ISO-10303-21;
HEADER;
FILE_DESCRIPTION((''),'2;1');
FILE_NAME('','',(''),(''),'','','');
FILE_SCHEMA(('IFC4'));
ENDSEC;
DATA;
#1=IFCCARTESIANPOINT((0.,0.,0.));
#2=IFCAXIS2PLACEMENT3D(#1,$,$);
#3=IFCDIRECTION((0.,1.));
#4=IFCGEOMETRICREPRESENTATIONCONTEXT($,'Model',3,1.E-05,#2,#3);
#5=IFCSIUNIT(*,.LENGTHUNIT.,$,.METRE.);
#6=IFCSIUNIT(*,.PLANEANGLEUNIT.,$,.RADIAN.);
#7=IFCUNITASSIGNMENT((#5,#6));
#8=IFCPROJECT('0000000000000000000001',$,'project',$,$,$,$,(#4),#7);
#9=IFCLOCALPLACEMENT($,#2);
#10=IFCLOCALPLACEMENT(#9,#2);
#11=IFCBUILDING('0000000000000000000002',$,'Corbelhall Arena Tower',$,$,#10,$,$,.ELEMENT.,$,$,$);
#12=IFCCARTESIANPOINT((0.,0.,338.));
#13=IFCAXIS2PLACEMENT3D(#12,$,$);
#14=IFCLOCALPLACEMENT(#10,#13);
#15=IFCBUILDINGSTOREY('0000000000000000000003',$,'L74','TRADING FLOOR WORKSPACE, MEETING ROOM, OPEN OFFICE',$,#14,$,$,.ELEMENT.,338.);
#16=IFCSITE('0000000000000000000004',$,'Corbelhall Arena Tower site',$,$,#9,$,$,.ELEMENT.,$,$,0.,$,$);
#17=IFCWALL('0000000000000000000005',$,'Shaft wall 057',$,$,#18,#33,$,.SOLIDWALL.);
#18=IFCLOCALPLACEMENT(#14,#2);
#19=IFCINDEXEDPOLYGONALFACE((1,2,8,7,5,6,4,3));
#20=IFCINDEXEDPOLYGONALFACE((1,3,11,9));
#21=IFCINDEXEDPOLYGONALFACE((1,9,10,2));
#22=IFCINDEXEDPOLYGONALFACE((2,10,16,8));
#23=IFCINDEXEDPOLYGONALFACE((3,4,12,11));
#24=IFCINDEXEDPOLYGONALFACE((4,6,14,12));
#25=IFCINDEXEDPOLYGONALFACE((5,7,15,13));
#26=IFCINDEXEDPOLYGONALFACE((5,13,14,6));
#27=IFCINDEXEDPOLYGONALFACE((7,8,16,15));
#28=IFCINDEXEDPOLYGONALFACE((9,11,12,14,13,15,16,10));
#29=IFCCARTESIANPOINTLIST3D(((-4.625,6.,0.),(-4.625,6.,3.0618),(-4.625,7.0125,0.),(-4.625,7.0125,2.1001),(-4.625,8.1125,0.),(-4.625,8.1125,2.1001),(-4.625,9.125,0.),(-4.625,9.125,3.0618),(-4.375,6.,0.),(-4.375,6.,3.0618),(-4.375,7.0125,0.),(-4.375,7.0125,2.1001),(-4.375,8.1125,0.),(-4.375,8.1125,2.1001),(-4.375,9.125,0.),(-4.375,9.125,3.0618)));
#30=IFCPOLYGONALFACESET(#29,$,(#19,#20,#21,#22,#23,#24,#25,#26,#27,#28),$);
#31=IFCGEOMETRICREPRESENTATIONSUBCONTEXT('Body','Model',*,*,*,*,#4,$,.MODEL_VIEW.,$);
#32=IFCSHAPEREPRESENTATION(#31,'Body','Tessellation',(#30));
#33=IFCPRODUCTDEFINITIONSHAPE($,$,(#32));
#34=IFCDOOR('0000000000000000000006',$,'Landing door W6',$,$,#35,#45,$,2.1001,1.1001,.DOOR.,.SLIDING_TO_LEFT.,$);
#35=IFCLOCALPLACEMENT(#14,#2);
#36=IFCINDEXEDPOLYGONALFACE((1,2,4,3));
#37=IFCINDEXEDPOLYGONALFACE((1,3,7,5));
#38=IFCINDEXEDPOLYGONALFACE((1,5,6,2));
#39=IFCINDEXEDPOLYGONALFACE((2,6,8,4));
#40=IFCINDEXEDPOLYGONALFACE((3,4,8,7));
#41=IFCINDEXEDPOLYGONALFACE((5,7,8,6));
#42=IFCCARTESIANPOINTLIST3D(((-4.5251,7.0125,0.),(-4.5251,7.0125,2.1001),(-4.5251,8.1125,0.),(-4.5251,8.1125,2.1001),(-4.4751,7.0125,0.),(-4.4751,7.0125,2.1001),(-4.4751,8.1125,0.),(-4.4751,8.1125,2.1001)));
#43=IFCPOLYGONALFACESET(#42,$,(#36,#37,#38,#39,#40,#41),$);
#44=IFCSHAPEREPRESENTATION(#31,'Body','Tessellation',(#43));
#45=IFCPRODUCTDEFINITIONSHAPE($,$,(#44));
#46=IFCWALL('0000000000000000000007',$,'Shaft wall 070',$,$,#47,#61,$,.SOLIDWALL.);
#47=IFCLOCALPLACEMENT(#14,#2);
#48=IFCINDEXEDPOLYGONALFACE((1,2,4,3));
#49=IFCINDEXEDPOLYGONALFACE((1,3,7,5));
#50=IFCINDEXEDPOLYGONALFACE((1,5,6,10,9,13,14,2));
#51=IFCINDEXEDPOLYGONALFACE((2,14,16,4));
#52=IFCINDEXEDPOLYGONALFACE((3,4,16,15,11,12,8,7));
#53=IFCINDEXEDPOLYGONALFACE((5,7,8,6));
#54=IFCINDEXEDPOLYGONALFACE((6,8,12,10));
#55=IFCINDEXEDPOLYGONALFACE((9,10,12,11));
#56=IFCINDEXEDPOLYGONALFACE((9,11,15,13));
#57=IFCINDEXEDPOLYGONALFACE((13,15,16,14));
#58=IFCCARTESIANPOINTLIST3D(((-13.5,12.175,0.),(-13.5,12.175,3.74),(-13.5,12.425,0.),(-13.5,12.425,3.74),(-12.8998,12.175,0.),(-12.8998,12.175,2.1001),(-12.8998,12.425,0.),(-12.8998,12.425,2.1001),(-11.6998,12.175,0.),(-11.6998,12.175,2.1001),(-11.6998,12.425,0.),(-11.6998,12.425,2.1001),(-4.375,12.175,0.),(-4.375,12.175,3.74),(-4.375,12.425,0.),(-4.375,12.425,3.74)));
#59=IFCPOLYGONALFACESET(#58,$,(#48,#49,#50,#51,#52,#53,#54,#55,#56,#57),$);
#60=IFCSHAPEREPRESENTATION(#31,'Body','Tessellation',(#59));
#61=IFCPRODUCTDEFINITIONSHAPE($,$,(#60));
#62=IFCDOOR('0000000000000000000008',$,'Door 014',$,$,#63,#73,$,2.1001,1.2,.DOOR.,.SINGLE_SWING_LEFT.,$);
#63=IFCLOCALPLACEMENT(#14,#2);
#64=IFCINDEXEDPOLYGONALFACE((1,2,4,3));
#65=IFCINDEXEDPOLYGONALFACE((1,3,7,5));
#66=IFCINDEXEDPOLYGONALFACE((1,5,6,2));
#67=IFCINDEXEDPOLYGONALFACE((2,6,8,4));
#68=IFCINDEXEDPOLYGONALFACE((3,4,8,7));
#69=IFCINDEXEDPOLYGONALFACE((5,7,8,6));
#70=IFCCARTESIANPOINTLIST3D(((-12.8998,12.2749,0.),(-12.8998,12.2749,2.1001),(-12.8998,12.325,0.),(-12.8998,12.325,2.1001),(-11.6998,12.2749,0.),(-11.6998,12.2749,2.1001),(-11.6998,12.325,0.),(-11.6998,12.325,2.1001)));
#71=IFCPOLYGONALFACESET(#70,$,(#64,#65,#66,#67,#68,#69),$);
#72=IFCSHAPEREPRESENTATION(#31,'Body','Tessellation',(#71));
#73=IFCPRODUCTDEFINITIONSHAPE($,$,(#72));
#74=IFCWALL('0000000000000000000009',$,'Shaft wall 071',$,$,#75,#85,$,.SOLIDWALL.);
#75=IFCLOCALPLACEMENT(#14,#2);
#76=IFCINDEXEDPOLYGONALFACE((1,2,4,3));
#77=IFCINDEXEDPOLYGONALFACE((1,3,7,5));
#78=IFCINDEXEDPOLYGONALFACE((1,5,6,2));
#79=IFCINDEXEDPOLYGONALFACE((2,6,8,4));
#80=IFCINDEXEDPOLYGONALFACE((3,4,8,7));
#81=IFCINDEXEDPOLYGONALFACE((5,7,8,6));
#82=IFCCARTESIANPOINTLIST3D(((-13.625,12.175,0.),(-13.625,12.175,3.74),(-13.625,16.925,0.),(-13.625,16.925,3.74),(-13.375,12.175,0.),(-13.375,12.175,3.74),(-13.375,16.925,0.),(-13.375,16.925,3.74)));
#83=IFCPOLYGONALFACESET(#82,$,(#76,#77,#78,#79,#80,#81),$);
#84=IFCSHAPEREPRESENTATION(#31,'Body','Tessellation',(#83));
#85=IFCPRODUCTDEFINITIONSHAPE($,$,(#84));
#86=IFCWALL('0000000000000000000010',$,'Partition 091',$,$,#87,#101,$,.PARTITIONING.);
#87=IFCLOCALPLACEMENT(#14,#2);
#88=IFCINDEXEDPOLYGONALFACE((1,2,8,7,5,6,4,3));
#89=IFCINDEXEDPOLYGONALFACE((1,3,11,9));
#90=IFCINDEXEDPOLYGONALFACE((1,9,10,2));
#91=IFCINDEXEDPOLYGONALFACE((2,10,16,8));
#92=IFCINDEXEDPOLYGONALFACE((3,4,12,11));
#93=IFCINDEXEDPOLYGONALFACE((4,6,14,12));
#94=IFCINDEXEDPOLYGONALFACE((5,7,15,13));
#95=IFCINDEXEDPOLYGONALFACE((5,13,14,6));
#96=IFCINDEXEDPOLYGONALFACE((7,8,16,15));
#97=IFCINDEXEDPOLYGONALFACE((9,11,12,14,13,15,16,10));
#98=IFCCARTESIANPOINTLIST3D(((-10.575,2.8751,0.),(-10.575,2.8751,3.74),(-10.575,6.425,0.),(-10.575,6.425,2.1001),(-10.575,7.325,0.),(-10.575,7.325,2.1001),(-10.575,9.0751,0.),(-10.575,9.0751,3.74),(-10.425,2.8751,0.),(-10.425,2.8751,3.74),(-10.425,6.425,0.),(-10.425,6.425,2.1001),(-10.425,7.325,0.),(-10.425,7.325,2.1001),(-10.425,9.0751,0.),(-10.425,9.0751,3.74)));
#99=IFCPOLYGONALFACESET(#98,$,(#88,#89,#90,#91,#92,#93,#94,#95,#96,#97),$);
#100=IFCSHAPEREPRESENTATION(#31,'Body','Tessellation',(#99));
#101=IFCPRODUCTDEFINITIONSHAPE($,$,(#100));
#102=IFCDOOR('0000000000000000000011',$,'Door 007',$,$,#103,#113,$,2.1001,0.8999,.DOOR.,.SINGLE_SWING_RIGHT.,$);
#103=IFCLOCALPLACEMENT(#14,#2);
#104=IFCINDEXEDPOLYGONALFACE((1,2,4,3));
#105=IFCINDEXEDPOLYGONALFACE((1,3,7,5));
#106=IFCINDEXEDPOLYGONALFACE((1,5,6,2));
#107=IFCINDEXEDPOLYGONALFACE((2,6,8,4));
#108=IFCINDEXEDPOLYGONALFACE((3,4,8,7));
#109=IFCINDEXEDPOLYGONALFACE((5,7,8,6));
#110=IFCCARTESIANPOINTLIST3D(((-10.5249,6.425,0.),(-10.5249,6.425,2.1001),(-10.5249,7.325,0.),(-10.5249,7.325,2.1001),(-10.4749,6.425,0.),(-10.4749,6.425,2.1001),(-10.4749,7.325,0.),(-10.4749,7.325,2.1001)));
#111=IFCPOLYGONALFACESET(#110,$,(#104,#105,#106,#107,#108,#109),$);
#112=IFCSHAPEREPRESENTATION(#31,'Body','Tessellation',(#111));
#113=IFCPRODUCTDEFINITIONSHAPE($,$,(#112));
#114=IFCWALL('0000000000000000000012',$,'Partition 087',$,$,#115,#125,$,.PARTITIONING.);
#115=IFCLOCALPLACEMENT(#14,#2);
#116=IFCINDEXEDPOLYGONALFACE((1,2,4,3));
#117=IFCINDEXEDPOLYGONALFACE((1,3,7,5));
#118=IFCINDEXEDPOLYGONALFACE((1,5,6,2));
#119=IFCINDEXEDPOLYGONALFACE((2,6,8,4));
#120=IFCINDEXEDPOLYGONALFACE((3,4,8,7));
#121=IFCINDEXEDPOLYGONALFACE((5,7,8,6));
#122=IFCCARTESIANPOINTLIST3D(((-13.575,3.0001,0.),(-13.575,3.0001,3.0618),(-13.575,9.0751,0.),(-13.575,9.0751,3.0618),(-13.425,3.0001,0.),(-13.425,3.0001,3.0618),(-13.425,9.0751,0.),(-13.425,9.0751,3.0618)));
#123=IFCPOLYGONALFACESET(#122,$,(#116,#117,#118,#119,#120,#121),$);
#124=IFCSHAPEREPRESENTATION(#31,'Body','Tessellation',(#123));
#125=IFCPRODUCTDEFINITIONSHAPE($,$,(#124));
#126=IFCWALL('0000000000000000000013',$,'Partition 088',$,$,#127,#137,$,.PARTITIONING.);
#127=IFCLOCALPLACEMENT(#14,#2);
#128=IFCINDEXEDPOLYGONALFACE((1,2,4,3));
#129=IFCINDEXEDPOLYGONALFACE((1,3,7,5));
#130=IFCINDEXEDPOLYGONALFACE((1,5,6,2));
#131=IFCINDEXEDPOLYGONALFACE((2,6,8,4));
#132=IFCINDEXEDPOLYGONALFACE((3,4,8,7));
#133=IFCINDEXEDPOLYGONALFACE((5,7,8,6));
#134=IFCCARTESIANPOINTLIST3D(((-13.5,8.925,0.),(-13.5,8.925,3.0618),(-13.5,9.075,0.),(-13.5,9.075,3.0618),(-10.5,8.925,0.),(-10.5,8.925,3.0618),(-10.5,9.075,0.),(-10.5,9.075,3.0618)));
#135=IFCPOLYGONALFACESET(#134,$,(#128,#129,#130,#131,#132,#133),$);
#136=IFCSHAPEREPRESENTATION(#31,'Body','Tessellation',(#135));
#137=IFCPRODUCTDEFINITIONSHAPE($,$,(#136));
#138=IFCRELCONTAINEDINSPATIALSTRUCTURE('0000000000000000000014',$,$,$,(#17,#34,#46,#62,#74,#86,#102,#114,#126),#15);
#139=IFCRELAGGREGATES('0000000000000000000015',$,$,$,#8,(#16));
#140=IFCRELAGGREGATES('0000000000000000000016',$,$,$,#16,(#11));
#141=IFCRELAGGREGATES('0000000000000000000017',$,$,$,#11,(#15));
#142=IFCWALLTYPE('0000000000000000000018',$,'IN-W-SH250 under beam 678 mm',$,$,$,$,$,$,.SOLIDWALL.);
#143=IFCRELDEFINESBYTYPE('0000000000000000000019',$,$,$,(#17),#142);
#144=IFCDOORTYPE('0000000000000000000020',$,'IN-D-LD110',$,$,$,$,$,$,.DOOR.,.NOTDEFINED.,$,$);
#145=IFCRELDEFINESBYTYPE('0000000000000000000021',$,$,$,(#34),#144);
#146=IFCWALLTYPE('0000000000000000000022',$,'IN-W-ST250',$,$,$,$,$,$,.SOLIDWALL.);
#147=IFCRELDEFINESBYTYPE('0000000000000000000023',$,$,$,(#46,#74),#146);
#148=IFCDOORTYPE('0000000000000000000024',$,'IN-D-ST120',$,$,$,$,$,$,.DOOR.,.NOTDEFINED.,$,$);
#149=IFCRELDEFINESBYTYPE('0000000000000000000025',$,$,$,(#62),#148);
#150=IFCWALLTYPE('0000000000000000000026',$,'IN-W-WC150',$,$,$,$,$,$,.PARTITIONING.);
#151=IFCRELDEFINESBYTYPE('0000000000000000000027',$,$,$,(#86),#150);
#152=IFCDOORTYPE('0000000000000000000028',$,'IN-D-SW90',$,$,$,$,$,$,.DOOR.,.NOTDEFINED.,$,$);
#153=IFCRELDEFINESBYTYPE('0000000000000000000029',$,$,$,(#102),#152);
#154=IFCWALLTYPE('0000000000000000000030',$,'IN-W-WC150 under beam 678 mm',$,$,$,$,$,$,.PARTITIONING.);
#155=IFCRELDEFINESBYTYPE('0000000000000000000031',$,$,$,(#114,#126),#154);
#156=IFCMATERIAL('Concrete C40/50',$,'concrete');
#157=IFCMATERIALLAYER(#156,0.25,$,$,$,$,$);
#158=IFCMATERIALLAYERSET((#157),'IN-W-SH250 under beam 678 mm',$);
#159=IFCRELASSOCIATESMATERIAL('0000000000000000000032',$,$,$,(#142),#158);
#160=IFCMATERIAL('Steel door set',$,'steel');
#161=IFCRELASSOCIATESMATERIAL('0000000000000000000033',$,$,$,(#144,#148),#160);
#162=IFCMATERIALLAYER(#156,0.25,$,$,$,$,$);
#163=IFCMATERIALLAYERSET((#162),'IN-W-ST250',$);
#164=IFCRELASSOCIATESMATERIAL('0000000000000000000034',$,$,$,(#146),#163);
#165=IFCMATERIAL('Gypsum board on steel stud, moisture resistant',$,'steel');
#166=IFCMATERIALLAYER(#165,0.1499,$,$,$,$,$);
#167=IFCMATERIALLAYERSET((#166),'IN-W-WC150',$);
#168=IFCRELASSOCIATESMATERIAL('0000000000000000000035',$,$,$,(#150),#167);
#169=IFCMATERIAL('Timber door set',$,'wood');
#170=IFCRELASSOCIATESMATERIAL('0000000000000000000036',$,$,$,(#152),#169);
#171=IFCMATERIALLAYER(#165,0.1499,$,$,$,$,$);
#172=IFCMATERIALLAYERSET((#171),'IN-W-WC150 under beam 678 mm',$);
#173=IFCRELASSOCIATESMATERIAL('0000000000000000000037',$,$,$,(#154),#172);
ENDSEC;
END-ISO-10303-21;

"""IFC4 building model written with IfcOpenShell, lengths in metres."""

from ifc_helpers import new_model, si_unit, direction, frame, frame_2d, origin, place, context, subcontext, project, spatial, rectangle, extrude, material, layer, layer_set, type_object, element, fill, save


model = new_model("IFC4")

# Units and contexts
model_context = context("Model", 3, precision=1e-05, world=origin(), true_north=direction((0.0, 1.0)))
body_context = subcontext(model_context, "Body", "Model", "MODEL_VIEW")
ifc_project = project(units=[si_unit("LENGTHUNIT", "METRE"), si_unit("PLANEANGLEUNIT", "RADIAN")], contexts=[model_context])

# Site, building, storey
site_placement = place(None, origin())
site = spatial("IfcSite", under=ifc_project, at=site_placement, Name="Corbelhall Arena Tower site", CompositionType="ELEMENT", RefElevation=0.0)
building_placement = place(site_placement, origin())
building = spatial("IfcBuilding", under=site, at=building_placement, Name="Corbelhall Arena Tower", CompositionType="ELEMENT")
storey_placement = place(building_placement, frame((0.0, 0.0, 338.0)))
storey = spatial("IfcBuildingStorey", under=building, at=storey_placement, Name="L74", Description="TRADING FLOOR WORKSPACE, MEETING ROOM, OPEN OFFICE", CompositionType="ELEMENT", Elevation=338.0)

# Shared definitions
ifc_material_1 = material(Name="Steel door set", Category="steel")

# Shared definitions
ifc_material_2 = material(Name="Concrete C40/50", Category="concrete")

# Shared definitions
ifc_layer_1 = layer(ifc_material_2, 0.25)
ifc_layer_set_1 = layer_set([ifc_layer_1], Name="IN-W-SH250 under beam 678 mm")
wall_type_1 = type_object("IfcWallType", Name="IN-W-SH250 under beam 678 mm", PredefinedType="SOLIDWALL", material=ifc_layer_set_1)

# Walls, openings, doors
wall_1_placement = place(storey_placement, frame((-4.5, 9.125, 0.0), z_axis=(0.0, 0.0, 1.0), x_axis=(0.0, -1.0, 0.0)))
wall_1 = element("IfcWall", 1, at=wall_1_placement, inside=storey, type_object=wall_type_1, Name="Shaft wall 057", PredefinedType="SOLIDWALL", context=body_context, shape_type="SweptSolid", body=[
    extrude(rectangle(XDim=3.125, YDim=0.25, at=frame_2d((1.5625, 0.0))), origin(), (0.0, 0.0, 1.0), 3.0618),
])
opening_1_placement = place(wall_1_placement, frame((1.0125, 0.0, 0.0)))
opening_1 = element("IfcOpeningElement", 2, at=opening_1_placement, cuts=wall_1, PredefinedType="OPENING", context=body_context, shape_type="SweptSolid", body=[
    extrude(rectangle(XDim=1.1001, YDim=2.1001, at=frame_2d((0.55, 1.05))), frame((0.0, 0.125, 0.0), z_axis=(0.0, -1.0, 0.0), x_axis=(1.0, 0.0, 0.0)), (0.0, 0.0, 1.0), 0.25),
])
door_type_1 = type_object("IfcDoorType", Name="IN-D-LD110", OperationType="NOTDEFINED", PredefinedType="DOOR", material=ifc_material_1)
door_1_placement = place(opening_1_placement, origin())
door_1 = element("IfcDoor", 3, at=door_1_placement, inside=storey, type_object=door_type_1, Name="Landing door W6", OperationType="SLIDING_TO_LEFT", OverallHeight=2.1001, OverallWidth=1.1001, PredefinedType="DOOR", context=body_context, shape_type="SweptSolid", body=[
    extrude(rectangle(XDim=1.1001, YDim=2.1001, at=frame_2d((0.55, 1.05))), frame((0.0, 0.0249, 0.0), z_axis=(0.0, -1.0, 0.0), x_axis=(1.0, 0.0, 0.0)), (0.0, 0.0, 1.0), 0.05),
])
fill(opening_1, door_1)
ifc_layer_2 = layer(ifc_material_2, 0.25)
ifc_layer_set_2 = layer_set([ifc_layer_2], Name="IN-W-ST250")
wall_type_2 = type_object("IfcWallType", Name="IN-W-ST250", PredefinedType="SOLIDWALL", material=ifc_layer_set_2)
wall_2_placement = place(storey_placement, frame((-13.5, 12.3, 0.0), z_axis=(0.0, 0.0, 1.0), x_axis=(1.0, 0.0, 0.0)))
wall_2 = element("IfcWall", 4, at=wall_2_placement, inside=storey, type_object=wall_type_2, Name="Shaft wall 070", PredefinedType="SOLIDWALL", context=body_context, shape_type="SweptSolid", body=[
    extrude(rectangle(XDim=9.125, YDim=0.25, at=frame_2d((4.5625, 0.0))), origin(), (0.0, 0.0, 1.0), 3.74),
])
opening_2_placement = place(wall_2_placement, frame((0.6001, 0.0, 0.0)))
opening_2 = element("IfcOpeningElement", 5, at=opening_2_placement, cuts=wall_2, PredefinedType="OPENING", context=body_context, shape_type="SweptSolid", body=[
    extrude(rectangle(XDim=1.2, YDim=2.1001, at=frame_2d((0.6001, 1.05))), frame((0.0, 0.125, 0.0), z_axis=(0.0, -1.0, 0.0), x_axis=(1.0, 0.0, 0.0)), (0.0, 0.0, 1.0), 0.25),
])
door_type_2 = type_object("IfcDoorType", Name="IN-D-ST120", OperationType="NOTDEFINED", PredefinedType="DOOR", material=ifc_material_1)
door_2_placement = place(opening_2_placement, origin())
door_2 = element("IfcDoor", 6, at=door_2_placement, inside=storey, type_object=door_type_2, Name="Door 014", OperationType="SINGLE_SWING_LEFT", OverallHeight=2.1001, OverallWidth=1.2, PredefinedType="DOOR", context=body_context, shape_type="SweptSolid", body=[
    extrude(rectangle(XDim=1.2, YDim=2.1001, at=frame_2d((0.6001, 1.05))), frame((0.0, 0.0249, 0.0), z_axis=(0.0, -1.0, 0.0), x_axis=(1.0, 0.0, 0.0)), (0.0, 0.0, 1.0), 0.05),
])
fill(opening_2, door_2)

# Wall
wall_3_placement = place(storey_placement, frame((-13.5, 12.175, 0.0), z_axis=(0.0, 0.0, 1.0), x_axis=(0.0, 1.0, 0.0)))
element("IfcWall", 7, at=wall_3_placement, inside=storey, type_object=wall_type_2, Name="Shaft wall 071", PredefinedType="SOLIDWALL", context=body_context, shape_type="SweptSolid", body=[
    extrude(rectangle(XDim=4.75, YDim=0.25, at=frame_2d((2.375, 0.0))), origin(), (0.0, 0.0, 1.0), 3.74),
])

# Wall, opening, door
ifc_material_3 = material(Name="Gypsum board on steel stud, moisture resistant", Category="steel")
ifc_layer_3 = layer(ifc_material_3, 0.1499)
ifc_layer_set_3 = layer_set([ifc_layer_3], Name="IN-W-WC150")
wall_type_3 = type_object("IfcWallType", Name="IN-W-WC150", PredefinedType="PARTITIONING", material=ifc_layer_set_3)
wall_4_placement = place(storey_placement, frame((-10.5, 2.875, 0.0), z_axis=(0.0, 0.0, 1.0), x_axis=(0.0, 1.0, 0.0)))
wall_4 = element("IfcWall", 8, at=wall_4_placement, inside=storey, type_object=wall_type_3, Name="Partition 091", PredefinedType="PARTITIONING", context=body_context, shape_type="SweptSolid", body=[
    extrude(rectangle(XDim=6.2, YDim=0.1499, at=frame_2d((3.1001, 0.0))), origin(), (0.0, 0.0, 1.0), 3.74),
])
opening_3_placement = place(wall_4_placement, frame((3.55, 0.0, 0.0)))
opening_3 = element("IfcOpeningElement", 9, at=opening_3_placement, cuts=wall_4, PredefinedType="OPENING", context=body_context, shape_type="SweptSolid", body=[
    extrude(rectangle(XDim=0.8999, YDim=2.1001, at=frame_2d((0.45, 1.05))), frame((0.0, 0.075, 0.0), z_axis=(0.0, -1.0, 0.0), x_axis=(1.0, 0.0, 0.0)), (0.0, 0.0, 1.0), 0.1499),
])
ifc_material_4 = material(Name="Timber door set", Category="wood")
door_type_3 = type_object("IfcDoorType", Name="IN-D-SW90", OperationType="NOTDEFINED", PredefinedType="DOOR", material=ifc_material_4)
door_3_placement = place(opening_3_placement, origin())
door_3 = element("IfcDoor", 10, at=door_3_placement, inside=storey, type_object=door_type_3, Name="Door 007", OperationType="SINGLE_SWING_RIGHT", OverallHeight=2.1001, OverallWidth=0.8999, PredefinedType="DOOR", context=body_context, shape_type="SweptSolid", body=[
    extrude(rectangle(XDim=0.8999, YDim=2.1001, at=frame_2d((0.45, 1.05))), frame((0.0, 0.0249, 0.0), z_axis=(0.0, -1.0, 0.0), x_axis=(1.0, 0.0, 0.0)), (0.0, 0.0, 1.0), 0.05),
])
fill(opening_3, door_3)

# Walls
ifc_layer_4 = layer(ifc_material_3, 0.1499)
ifc_layer_set_4 = layer_set([ifc_layer_4], Name="IN-W-WC150 under beam 678 mm")
wall_type_4 = type_object("IfcWallType", Name="IN-W-WC150 under beam 678 mm", PredefinedType="PARTITIONING", material=ifc_layer_set_4)
wall_5_placement = place(storey_placement, frame((-13.5, 3.0, 0.0), z_axis=(0.0, 0.0, 1.0), x_axis=(0.0, 1.0, 0.0)))
element("IfcWall", 11, at=wall_5_placement, inside=storey, type_object=wall_type_4, Name="Partition 087", PredefinedType="PARTITIONING", context=body_context, shape_type="SweptSolid", body=[
    extrude(rectangle(XDim=6.075, YDim=0.1499, at=frame_2d((3.0376, 0.0))), origin(), (0.0, 0.0, 1.0), 3.0618),
])
wall_6_placement = place(storey_placement, frame((-13.5, 9.0, 0.0), z_axis=(0.0, 0.0, 1.0), x_axis=(1.0, 0.0, 0.0)))
element("IfcWall", 12, at=wall_6_placement, inside=storey, type_object=wall_type_4, Name="Partition 088", PredefinedType="PARTITIONING", context=body_context, shape_type="SweptSolid", body=[
    extrude(rectangle(XDim=3.0, YDim=0.1499, at=frame_2d((1.5, 0.0))), origin(), (0.0, 0.0, 1.0), 3.0618),
])

save(model, "model.ifc")
